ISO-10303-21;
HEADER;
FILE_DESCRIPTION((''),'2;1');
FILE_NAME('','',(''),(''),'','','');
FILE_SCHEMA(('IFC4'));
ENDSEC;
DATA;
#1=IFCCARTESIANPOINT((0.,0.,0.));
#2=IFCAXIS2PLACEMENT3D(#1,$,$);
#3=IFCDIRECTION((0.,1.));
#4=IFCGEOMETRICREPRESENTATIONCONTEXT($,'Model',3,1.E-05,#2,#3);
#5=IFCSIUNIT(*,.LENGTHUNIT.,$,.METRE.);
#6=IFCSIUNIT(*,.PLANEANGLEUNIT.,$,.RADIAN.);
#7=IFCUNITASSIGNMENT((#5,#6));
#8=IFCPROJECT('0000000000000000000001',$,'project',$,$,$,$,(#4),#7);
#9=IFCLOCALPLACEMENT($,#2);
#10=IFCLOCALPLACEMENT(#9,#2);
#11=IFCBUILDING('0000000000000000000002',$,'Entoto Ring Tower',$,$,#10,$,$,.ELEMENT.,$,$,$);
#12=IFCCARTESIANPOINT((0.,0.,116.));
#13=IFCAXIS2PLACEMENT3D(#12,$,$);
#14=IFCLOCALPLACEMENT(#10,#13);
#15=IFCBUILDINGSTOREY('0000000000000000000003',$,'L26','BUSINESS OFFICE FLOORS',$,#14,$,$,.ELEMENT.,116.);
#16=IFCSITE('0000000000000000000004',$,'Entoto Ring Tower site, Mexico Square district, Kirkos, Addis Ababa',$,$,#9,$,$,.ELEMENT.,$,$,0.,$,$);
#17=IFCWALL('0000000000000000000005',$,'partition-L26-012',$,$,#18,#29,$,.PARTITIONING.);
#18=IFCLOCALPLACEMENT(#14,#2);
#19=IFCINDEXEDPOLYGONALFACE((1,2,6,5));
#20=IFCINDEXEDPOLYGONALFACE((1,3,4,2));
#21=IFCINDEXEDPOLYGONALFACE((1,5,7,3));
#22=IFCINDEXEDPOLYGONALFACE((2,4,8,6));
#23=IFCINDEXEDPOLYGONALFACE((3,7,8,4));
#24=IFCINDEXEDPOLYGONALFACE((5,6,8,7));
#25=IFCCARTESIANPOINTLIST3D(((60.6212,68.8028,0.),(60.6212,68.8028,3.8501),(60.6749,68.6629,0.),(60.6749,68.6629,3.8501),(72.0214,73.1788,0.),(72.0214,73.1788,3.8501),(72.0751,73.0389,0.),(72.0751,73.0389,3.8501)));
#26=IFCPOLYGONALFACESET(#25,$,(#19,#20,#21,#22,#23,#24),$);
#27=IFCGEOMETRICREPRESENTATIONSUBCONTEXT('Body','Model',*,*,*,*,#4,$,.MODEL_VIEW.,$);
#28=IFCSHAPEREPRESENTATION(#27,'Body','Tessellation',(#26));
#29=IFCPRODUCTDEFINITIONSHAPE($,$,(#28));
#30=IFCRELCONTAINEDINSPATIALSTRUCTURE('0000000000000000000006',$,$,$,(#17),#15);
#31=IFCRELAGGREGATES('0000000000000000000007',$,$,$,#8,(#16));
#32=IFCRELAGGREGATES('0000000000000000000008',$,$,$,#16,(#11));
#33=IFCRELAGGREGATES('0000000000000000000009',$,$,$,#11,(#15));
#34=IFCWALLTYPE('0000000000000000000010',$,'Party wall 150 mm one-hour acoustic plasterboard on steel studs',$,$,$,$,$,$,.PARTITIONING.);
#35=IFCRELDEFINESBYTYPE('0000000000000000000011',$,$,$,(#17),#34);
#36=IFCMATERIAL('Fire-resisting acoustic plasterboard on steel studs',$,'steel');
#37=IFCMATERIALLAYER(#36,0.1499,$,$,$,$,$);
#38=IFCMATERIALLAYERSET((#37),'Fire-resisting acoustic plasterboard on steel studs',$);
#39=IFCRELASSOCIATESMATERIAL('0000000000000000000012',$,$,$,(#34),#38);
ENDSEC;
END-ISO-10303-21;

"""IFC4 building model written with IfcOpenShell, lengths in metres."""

from ifc_helpers import new_model, si_unit, direction, frame, frame_2d, origin, place, context, subcontext, project, spatial, rectangle, extrude, material, layer, layer_set, type_object, element, save


model = new_model("IFC4")

# Units and contexts
model_context = context("Model", 3, precision=1e-05, world=origin(), true_north=direction((0.0, 1.0)))
body_context = subcontext(model_context, "Body", "Model", "MODEL_VIEW")
ifc_project = project(units=[si_unit("LENGTHUNIT", "METRE"), si_unit("PLANEANGLEUNIT", "RADIAN")], contexts=[model_context])

# Site, building, storey
site_placement = place(None, origin())
site = spatial("IfcSite", under=ifc_project, at=site_placement, Name="Entoto Ring Tower site, Mexico Square district, Kirkos, Addis Ababa", CompositionType="ELEMENT", RefElevation=0.0)
building_placement = place(site_placement, origin())
building = spatial("IfcBuilding", under=site, at=building_placement, Name="Entoto Ring Tower", CompositionType="ELEMENT")
storey_placement = place(building_placement, frame((0.0, 0.0, 116.0)))
storey = spatial("IfcBuildingStorey", under=building, at=storey_placement, Name="L26", Description="BUSINESS OFFICE FLOORS", CompositionType="ELEMENT", Elevation=116.0)

# Wall
ifc_material_1 = material(Name="Fire-resisting acoustic plasterboard on steel studs", Category="steel")
ifc_layer_1 = layer(ifc_material_1, 0.1499)
ifc_layer_set_1 = layer_set([ifc_layer_1], Name="Fire-resisting acoustic plasterboard on steel studs")
wall_type = type_object("IfcWallType", Name="Party wall 150 mm one-hour acoustic plasterboard on steel studs", PredefinedType="PARTITIONING", material=ifc_layer_set_1)
wall_placement = place(storey_placement, frame((60.6482, 68.7329, 0.0), z_axis=(0.0, 0.0, 1.0), x_axis=(0.933584, 0.358359, 0.0)))
element("IfcWall", 1, at=wall_placement, inside=storey, type_object=wall_type, Name="partition-L26-012", PredefinedType="PARTITIONING", context=body_context, shape_type="SweptSolid", body=[
    extrude(rectangle(XDim=12.2112, YDim=0.1499, at=frame_2d((6.1055, 0.0))), origin(), (0.0, 0.0, 1.0), 3.8501),
])

save(model, "model.ifc")
